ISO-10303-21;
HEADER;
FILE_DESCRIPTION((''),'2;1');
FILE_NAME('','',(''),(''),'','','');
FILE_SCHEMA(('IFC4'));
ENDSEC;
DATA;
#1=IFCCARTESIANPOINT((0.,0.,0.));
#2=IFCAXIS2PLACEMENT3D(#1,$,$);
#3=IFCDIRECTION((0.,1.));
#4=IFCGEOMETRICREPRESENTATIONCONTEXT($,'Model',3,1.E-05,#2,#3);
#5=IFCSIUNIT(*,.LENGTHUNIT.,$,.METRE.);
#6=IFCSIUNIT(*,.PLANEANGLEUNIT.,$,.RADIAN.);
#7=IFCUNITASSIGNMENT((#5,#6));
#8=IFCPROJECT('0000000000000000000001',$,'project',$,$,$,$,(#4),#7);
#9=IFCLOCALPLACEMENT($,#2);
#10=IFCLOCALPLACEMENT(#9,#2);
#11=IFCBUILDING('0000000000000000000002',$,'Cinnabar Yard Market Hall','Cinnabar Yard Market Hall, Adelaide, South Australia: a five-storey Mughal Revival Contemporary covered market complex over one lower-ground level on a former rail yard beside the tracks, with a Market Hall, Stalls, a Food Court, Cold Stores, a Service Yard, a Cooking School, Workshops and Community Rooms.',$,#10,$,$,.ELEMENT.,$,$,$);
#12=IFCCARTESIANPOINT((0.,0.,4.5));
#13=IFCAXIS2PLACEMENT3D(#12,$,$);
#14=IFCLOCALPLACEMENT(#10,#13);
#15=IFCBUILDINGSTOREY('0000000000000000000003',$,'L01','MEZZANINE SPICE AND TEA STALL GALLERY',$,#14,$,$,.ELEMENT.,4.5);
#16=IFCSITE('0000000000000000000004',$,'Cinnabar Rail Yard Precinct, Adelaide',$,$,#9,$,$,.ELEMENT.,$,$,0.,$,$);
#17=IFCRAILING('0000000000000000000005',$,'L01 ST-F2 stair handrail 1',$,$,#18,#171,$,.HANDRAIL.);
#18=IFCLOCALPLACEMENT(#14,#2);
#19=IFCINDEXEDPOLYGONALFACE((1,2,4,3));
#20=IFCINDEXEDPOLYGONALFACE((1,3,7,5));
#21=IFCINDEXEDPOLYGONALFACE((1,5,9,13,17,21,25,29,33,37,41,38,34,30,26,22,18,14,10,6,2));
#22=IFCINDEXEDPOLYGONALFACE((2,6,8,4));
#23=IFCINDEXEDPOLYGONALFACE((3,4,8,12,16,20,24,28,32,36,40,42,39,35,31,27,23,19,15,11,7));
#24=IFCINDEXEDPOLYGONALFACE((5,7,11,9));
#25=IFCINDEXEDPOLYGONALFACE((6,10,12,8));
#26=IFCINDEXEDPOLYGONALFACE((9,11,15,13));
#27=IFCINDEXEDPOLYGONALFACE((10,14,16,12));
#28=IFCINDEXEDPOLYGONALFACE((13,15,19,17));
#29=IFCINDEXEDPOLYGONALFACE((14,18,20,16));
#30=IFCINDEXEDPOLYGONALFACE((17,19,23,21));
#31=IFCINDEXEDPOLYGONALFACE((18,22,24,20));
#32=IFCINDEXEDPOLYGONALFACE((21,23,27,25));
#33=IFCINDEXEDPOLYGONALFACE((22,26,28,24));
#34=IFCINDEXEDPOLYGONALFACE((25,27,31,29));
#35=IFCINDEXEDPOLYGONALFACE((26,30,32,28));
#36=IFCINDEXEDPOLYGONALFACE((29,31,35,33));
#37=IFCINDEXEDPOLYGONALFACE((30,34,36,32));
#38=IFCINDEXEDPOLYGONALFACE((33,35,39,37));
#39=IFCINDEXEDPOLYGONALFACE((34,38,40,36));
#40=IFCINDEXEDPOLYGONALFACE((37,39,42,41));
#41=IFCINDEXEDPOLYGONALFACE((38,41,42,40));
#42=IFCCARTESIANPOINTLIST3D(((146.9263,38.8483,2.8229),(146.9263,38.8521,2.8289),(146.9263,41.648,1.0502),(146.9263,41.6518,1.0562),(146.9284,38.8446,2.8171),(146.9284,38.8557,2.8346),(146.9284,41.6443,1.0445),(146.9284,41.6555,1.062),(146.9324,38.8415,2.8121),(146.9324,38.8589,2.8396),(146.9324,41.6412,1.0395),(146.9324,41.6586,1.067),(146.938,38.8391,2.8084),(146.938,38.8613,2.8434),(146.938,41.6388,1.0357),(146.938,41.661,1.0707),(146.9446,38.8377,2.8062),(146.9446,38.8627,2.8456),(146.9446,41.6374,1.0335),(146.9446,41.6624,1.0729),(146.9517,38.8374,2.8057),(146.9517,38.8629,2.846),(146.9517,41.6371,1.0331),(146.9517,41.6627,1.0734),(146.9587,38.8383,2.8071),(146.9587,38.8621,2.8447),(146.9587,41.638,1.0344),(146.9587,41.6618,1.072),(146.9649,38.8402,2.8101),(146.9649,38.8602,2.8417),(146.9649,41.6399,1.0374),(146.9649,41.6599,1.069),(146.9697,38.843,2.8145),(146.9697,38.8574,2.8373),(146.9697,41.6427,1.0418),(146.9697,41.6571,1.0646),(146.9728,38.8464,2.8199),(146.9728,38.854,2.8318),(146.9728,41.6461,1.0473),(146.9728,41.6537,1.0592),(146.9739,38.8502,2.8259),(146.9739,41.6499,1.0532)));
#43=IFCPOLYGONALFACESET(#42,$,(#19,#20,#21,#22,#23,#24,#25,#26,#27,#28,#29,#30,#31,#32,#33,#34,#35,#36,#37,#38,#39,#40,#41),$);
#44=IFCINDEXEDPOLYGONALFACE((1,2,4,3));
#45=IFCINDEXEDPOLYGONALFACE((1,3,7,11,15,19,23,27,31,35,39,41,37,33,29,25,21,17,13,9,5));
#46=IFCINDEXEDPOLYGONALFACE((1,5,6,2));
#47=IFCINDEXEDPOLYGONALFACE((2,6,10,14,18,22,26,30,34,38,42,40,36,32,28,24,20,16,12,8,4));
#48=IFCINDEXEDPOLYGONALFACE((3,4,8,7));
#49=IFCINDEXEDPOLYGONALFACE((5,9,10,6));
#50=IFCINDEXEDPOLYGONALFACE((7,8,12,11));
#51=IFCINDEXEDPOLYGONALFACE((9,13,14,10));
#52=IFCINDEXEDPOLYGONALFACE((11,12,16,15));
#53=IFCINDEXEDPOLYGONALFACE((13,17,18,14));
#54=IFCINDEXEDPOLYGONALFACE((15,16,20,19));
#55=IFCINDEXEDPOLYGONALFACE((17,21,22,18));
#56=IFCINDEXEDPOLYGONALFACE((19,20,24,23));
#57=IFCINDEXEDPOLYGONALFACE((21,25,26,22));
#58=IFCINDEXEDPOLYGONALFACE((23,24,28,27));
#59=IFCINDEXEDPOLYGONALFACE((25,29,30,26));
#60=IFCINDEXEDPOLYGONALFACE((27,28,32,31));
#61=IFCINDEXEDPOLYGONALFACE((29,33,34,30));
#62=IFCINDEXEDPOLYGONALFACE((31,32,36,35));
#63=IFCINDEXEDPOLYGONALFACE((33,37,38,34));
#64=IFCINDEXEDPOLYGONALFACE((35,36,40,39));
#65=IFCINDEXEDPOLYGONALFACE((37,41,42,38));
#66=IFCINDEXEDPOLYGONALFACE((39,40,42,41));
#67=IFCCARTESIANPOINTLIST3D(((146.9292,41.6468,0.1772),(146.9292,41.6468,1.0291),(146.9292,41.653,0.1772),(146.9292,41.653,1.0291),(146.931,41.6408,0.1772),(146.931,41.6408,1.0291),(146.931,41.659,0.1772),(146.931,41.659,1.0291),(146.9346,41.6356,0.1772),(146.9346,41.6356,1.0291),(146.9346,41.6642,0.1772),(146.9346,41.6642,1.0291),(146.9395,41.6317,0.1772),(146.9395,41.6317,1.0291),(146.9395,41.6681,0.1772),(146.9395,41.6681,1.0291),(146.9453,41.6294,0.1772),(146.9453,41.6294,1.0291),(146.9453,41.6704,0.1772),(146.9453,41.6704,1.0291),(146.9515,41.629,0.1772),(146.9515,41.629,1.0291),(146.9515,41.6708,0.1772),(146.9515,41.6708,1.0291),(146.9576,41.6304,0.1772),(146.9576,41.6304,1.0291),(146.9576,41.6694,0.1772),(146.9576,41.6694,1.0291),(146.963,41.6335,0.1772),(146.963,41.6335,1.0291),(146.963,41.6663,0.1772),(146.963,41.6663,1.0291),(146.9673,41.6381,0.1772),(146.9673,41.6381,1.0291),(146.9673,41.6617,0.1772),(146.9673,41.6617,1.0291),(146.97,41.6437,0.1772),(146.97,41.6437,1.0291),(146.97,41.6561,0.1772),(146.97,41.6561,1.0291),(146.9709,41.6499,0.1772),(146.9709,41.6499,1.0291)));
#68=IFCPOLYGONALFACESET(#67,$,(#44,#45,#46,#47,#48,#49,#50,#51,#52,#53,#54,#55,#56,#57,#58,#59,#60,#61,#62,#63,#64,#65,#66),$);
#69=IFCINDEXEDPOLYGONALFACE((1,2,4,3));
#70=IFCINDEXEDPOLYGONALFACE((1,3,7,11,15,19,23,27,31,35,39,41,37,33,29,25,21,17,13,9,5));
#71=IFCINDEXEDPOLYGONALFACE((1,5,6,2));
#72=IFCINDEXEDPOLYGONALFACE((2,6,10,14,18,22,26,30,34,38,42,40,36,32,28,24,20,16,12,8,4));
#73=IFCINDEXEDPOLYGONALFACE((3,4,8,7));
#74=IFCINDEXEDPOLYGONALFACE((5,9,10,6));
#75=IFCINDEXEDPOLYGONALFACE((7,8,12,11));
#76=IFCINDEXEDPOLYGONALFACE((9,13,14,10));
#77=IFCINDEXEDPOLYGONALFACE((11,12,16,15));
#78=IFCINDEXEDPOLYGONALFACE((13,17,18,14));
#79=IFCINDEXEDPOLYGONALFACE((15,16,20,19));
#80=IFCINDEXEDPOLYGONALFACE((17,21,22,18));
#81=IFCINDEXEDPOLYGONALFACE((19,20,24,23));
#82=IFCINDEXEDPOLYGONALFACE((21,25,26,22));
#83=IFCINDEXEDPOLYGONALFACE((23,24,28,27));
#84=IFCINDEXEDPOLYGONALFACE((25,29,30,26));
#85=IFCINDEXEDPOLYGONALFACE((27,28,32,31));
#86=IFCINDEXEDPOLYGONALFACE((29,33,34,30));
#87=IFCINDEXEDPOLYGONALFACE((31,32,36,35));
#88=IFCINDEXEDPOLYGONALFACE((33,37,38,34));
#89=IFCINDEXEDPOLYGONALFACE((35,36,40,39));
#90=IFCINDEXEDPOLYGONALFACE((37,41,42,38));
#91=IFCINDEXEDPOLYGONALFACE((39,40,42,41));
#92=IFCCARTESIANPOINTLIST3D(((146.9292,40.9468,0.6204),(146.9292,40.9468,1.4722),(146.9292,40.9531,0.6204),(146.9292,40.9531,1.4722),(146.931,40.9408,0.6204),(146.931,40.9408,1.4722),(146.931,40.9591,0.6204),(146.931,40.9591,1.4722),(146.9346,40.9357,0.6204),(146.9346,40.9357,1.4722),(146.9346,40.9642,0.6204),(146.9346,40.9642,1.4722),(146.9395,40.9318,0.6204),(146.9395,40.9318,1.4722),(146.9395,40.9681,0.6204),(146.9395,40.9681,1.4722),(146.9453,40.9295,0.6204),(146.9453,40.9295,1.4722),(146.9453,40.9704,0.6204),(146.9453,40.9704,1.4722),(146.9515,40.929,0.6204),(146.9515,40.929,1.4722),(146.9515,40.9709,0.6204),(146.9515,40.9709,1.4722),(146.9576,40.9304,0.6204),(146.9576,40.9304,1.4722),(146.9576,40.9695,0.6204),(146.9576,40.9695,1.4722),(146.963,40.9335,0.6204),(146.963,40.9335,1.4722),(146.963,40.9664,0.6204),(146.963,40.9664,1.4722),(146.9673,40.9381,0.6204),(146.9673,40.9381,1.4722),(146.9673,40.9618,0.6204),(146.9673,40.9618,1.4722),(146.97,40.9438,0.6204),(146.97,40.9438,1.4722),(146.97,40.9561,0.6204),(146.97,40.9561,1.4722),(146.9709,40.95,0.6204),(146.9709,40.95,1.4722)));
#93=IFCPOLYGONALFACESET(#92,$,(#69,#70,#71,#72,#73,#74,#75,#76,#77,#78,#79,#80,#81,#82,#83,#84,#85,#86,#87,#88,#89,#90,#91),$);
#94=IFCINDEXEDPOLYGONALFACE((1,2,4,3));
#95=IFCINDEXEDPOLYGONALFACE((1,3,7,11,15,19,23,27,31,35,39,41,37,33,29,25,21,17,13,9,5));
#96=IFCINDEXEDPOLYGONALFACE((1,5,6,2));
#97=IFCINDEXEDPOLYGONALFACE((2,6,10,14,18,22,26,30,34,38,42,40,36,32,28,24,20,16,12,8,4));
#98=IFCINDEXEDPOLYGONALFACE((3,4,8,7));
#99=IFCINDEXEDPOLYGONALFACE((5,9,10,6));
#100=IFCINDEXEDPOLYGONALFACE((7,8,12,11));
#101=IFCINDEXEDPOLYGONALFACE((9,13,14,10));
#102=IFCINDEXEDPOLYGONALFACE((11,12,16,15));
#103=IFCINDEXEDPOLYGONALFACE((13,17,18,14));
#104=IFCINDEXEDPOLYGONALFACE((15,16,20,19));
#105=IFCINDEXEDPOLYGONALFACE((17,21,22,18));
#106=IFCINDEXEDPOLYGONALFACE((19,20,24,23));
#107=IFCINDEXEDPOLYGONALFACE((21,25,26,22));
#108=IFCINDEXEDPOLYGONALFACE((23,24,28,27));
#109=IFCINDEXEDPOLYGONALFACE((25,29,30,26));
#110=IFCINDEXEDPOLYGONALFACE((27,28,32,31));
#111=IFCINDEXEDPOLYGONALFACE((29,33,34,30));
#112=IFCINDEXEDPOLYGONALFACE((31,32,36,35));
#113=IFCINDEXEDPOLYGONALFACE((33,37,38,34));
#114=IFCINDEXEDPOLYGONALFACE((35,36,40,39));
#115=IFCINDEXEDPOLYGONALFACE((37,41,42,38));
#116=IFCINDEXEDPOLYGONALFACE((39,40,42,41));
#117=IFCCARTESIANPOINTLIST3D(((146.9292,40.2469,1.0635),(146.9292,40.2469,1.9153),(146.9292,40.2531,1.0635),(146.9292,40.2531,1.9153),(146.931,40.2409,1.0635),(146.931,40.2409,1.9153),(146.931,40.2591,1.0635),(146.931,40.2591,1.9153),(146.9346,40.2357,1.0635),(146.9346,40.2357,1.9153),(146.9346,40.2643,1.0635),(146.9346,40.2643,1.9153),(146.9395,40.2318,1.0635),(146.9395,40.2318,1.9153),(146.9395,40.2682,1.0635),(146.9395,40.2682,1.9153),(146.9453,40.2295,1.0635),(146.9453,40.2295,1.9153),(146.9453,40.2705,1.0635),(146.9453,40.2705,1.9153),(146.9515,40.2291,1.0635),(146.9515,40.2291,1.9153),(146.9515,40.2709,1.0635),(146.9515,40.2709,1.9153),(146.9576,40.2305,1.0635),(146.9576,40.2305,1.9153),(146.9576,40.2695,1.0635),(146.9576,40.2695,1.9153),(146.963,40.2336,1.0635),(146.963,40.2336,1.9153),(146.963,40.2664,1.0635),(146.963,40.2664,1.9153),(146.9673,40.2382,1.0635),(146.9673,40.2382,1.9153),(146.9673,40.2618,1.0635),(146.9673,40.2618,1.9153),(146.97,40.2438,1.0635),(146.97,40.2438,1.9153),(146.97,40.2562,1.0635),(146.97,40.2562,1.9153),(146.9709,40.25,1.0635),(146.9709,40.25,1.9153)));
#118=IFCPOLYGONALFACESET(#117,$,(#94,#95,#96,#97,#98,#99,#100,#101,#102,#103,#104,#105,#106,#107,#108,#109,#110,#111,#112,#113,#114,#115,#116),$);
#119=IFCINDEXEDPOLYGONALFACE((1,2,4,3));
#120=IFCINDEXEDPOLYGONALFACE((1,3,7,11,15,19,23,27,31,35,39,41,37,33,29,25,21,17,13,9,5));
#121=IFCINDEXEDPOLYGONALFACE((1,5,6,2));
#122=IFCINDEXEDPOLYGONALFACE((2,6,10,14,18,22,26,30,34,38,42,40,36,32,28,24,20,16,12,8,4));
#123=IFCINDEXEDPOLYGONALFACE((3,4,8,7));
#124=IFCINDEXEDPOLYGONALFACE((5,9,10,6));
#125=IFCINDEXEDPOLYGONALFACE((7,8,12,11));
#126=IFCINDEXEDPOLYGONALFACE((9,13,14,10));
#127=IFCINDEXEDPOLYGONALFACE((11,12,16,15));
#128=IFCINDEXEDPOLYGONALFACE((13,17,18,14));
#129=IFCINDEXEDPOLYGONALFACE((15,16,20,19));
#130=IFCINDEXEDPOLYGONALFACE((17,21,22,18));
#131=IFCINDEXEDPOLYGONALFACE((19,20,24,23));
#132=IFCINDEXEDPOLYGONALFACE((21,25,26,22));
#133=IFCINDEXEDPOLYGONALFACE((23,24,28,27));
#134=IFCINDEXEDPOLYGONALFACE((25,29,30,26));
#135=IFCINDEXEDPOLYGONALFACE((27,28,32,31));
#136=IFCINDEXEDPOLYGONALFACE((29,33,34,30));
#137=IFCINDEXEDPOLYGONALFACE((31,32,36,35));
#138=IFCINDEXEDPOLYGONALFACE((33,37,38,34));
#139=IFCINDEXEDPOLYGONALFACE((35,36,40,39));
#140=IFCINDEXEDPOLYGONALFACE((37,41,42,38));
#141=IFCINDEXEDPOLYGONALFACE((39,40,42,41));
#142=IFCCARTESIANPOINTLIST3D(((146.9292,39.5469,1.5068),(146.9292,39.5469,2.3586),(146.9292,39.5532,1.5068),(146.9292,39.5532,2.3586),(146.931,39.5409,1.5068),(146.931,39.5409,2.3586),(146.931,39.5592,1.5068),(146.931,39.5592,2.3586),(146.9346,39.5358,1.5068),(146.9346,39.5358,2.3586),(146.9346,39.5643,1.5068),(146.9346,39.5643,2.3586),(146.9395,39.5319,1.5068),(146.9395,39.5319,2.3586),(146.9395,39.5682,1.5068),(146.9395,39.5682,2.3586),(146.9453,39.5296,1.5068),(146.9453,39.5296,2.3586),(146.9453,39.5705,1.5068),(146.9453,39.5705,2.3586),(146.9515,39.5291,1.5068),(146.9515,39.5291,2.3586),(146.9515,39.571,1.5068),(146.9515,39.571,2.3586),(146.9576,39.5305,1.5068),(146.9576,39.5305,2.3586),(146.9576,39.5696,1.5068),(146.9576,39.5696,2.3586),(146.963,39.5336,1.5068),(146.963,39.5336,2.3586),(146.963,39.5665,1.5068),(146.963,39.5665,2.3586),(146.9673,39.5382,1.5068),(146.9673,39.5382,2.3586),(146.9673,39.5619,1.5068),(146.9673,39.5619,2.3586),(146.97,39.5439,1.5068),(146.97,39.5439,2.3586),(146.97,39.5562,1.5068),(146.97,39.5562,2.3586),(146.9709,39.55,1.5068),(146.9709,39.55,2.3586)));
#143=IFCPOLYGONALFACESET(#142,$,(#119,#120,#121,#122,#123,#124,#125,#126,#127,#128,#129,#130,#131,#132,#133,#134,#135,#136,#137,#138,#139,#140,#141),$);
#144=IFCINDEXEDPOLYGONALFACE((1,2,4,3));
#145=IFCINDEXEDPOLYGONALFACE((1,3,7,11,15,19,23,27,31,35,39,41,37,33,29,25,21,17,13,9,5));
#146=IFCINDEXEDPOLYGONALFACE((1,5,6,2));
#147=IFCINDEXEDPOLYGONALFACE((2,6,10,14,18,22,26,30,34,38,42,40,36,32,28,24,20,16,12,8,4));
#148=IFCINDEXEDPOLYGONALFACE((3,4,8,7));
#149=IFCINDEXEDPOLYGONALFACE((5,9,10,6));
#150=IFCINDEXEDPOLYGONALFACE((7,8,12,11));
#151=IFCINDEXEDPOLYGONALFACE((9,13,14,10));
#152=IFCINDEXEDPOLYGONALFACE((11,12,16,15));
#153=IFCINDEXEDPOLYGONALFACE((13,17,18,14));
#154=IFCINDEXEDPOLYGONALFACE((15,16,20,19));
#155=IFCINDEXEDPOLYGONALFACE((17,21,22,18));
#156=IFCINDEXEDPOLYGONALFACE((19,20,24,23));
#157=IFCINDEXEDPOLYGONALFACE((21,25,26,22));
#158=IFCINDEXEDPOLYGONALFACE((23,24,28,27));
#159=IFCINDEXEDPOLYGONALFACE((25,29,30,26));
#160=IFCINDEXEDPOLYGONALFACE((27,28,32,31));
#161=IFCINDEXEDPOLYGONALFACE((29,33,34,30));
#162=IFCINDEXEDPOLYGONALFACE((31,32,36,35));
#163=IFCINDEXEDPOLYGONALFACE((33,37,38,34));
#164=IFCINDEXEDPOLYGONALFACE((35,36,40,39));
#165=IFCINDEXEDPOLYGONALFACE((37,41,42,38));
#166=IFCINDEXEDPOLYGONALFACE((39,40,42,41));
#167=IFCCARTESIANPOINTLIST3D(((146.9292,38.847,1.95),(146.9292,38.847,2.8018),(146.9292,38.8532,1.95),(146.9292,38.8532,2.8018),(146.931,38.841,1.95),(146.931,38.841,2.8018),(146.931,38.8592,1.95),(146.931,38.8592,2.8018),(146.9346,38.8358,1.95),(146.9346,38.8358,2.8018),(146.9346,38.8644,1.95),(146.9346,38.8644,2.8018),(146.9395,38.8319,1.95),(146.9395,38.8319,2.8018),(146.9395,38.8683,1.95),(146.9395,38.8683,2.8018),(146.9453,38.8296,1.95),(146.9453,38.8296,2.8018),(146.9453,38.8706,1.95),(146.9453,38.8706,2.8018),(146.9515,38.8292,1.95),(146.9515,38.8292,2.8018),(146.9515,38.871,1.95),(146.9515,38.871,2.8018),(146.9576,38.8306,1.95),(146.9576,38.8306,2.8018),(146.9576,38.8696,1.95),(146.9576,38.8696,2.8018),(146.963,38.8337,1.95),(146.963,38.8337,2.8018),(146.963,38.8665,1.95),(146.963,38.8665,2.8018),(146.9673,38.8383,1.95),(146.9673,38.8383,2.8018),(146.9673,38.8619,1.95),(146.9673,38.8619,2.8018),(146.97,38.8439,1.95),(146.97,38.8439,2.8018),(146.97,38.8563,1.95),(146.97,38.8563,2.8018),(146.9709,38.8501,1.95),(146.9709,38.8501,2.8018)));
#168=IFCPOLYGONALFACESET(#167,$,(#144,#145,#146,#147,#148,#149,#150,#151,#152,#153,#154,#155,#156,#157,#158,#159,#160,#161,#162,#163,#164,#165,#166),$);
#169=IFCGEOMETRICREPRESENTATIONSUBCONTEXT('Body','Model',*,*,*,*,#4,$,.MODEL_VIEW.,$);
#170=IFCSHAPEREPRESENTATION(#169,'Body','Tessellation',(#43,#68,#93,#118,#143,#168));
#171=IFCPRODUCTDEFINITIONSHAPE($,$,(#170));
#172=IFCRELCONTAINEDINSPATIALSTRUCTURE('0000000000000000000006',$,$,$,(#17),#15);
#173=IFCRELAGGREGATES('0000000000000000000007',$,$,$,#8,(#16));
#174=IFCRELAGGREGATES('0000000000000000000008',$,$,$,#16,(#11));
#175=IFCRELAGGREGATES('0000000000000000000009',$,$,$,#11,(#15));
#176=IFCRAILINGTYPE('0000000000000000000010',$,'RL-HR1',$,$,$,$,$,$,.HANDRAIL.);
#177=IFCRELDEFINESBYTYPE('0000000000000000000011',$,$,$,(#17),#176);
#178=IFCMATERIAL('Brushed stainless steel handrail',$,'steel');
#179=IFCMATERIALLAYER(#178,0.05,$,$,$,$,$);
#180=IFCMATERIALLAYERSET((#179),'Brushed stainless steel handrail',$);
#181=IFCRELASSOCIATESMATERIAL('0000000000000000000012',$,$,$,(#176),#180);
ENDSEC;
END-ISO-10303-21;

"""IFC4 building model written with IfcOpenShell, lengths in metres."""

from ifc_helpers import new_model, si_unit, direction, frame, origin, origin_2d_with_axis, place, context, subcontext, project, spatial, circle, extrude, material, layer, layer_set, type_object, element, save


model = new_model("IFC4")

# Units and contexts
model_context = context("Model", 3, precision=1e-05, world=origin(), true_north=direction((0.0, 1.0)))
body_context = subcontext(model_context, "Body", "Model", "MODEL_VIEW")
ifc_project = project(units=[si_unit("LENGTHUNIT", "METRE"), si_unit("PLANEANGLEUNIT", "RADIAN")], contexts=[model_context])

# Site, building, storey
site_placement = place(None, origin())
site = spatial("IfcSite", under=ifc_project, at=site_placement, Name="Cinnabar Rail Yard Precinct, Adelaide", CompositionType="ELEMENT", RefElevation=0.0)
building_placement = place(site_placement, origin())
building = spatial("IfcBuilding", under=site, at=building_placement, Name="Cinnabar Yard Market Hall", Description="Cinnabar Yard Market Hall, Adelaide, South Australia: a five-storey Mughal Revival Contemporary covered market complex over one lower-ground level on a former rail yard beside the tracks, with a Market Hall, Stalls, a Food Court, Cold Stores, a Service Yard, a Cooking School, Workshops and Community Rooms.", CompositionType="ELEMENT")
storey_placement = place(building_placement, frame((0.0, 0.0, 4.5)))
storey = spatial("IfcBuildingStorey", under=building, at=storey_placement, Name="L01", Description="MEZZANINE SPICE AND TEA STALL GALLERY", CompositionType="ELEMENT", Elevation=4.5)

# Railing
ifc_material_1 = material(Name="Brushed stainless steel handrail", Category="steel")
ifc_layer_1 = layer(ifc_material_1, 0.05)
ifc_layer_set_1 = layer_set([ifc_layer_1], Name="Brushed stainless steel handrail")
railing_type_1 = type_object("IfcRailingType", Name="RL-HR1", PredefinedType="HANDRAIL", material=ifc_layer_set_1)
railing_1_placement = place(storey_placement, frame((146.95, 41.6499, 0.1772)))
element("IfcRailing", 1, at=railing_1_placement, inside=storey, type_object=railing_type_1, Name="L01 ST-F2 stair handrail 1", PredefinedType="HANDRAIL", context=body_context, shape_type="SweptSolid", body=[
    extrude(circle(Radius=0.0239, at=origin_2d_with_axis()), frame((0.0, 0.0, 0.876), z_axis=(0.0, -0.844888, 0.534943), x_axis=(1.0, 0.0, 0.0)), (0.0, 0.0, 1.0), 3.3137),
    extrude(circle(Radius=0.021, at=origin_2d_with_axis()), origin(), (0.0, 0.0, 1.0), 0.8518),
    extrude(circle(Radius=0.021, at=origin_2d_with_axis()), frame((0.0, -0.7, 0.4431)), (0.0, 0.0, 1.0), 0.8518),
    extrude(circle(Radius=0.021, at=origin_2d_with_axis()), frame((0.0, -1.3999, 0.8862)), (0.0, 0.0, 1.0), 0.8518),
    extrude(circle(Radius=0.021, at=origin_2d_with_axis()), frame((0.0, -2.0999, 1.3296)), (0.0, 0.0, 1.0), 0.8518),
    extrude(circle(Radius=0.021, at=origin_2d_with_axis()), frame((0.0, -2.7998, 1.7727)), (0.0, 0.0, 1.0), 0.8518),
])

save(model, "model.ifc")
